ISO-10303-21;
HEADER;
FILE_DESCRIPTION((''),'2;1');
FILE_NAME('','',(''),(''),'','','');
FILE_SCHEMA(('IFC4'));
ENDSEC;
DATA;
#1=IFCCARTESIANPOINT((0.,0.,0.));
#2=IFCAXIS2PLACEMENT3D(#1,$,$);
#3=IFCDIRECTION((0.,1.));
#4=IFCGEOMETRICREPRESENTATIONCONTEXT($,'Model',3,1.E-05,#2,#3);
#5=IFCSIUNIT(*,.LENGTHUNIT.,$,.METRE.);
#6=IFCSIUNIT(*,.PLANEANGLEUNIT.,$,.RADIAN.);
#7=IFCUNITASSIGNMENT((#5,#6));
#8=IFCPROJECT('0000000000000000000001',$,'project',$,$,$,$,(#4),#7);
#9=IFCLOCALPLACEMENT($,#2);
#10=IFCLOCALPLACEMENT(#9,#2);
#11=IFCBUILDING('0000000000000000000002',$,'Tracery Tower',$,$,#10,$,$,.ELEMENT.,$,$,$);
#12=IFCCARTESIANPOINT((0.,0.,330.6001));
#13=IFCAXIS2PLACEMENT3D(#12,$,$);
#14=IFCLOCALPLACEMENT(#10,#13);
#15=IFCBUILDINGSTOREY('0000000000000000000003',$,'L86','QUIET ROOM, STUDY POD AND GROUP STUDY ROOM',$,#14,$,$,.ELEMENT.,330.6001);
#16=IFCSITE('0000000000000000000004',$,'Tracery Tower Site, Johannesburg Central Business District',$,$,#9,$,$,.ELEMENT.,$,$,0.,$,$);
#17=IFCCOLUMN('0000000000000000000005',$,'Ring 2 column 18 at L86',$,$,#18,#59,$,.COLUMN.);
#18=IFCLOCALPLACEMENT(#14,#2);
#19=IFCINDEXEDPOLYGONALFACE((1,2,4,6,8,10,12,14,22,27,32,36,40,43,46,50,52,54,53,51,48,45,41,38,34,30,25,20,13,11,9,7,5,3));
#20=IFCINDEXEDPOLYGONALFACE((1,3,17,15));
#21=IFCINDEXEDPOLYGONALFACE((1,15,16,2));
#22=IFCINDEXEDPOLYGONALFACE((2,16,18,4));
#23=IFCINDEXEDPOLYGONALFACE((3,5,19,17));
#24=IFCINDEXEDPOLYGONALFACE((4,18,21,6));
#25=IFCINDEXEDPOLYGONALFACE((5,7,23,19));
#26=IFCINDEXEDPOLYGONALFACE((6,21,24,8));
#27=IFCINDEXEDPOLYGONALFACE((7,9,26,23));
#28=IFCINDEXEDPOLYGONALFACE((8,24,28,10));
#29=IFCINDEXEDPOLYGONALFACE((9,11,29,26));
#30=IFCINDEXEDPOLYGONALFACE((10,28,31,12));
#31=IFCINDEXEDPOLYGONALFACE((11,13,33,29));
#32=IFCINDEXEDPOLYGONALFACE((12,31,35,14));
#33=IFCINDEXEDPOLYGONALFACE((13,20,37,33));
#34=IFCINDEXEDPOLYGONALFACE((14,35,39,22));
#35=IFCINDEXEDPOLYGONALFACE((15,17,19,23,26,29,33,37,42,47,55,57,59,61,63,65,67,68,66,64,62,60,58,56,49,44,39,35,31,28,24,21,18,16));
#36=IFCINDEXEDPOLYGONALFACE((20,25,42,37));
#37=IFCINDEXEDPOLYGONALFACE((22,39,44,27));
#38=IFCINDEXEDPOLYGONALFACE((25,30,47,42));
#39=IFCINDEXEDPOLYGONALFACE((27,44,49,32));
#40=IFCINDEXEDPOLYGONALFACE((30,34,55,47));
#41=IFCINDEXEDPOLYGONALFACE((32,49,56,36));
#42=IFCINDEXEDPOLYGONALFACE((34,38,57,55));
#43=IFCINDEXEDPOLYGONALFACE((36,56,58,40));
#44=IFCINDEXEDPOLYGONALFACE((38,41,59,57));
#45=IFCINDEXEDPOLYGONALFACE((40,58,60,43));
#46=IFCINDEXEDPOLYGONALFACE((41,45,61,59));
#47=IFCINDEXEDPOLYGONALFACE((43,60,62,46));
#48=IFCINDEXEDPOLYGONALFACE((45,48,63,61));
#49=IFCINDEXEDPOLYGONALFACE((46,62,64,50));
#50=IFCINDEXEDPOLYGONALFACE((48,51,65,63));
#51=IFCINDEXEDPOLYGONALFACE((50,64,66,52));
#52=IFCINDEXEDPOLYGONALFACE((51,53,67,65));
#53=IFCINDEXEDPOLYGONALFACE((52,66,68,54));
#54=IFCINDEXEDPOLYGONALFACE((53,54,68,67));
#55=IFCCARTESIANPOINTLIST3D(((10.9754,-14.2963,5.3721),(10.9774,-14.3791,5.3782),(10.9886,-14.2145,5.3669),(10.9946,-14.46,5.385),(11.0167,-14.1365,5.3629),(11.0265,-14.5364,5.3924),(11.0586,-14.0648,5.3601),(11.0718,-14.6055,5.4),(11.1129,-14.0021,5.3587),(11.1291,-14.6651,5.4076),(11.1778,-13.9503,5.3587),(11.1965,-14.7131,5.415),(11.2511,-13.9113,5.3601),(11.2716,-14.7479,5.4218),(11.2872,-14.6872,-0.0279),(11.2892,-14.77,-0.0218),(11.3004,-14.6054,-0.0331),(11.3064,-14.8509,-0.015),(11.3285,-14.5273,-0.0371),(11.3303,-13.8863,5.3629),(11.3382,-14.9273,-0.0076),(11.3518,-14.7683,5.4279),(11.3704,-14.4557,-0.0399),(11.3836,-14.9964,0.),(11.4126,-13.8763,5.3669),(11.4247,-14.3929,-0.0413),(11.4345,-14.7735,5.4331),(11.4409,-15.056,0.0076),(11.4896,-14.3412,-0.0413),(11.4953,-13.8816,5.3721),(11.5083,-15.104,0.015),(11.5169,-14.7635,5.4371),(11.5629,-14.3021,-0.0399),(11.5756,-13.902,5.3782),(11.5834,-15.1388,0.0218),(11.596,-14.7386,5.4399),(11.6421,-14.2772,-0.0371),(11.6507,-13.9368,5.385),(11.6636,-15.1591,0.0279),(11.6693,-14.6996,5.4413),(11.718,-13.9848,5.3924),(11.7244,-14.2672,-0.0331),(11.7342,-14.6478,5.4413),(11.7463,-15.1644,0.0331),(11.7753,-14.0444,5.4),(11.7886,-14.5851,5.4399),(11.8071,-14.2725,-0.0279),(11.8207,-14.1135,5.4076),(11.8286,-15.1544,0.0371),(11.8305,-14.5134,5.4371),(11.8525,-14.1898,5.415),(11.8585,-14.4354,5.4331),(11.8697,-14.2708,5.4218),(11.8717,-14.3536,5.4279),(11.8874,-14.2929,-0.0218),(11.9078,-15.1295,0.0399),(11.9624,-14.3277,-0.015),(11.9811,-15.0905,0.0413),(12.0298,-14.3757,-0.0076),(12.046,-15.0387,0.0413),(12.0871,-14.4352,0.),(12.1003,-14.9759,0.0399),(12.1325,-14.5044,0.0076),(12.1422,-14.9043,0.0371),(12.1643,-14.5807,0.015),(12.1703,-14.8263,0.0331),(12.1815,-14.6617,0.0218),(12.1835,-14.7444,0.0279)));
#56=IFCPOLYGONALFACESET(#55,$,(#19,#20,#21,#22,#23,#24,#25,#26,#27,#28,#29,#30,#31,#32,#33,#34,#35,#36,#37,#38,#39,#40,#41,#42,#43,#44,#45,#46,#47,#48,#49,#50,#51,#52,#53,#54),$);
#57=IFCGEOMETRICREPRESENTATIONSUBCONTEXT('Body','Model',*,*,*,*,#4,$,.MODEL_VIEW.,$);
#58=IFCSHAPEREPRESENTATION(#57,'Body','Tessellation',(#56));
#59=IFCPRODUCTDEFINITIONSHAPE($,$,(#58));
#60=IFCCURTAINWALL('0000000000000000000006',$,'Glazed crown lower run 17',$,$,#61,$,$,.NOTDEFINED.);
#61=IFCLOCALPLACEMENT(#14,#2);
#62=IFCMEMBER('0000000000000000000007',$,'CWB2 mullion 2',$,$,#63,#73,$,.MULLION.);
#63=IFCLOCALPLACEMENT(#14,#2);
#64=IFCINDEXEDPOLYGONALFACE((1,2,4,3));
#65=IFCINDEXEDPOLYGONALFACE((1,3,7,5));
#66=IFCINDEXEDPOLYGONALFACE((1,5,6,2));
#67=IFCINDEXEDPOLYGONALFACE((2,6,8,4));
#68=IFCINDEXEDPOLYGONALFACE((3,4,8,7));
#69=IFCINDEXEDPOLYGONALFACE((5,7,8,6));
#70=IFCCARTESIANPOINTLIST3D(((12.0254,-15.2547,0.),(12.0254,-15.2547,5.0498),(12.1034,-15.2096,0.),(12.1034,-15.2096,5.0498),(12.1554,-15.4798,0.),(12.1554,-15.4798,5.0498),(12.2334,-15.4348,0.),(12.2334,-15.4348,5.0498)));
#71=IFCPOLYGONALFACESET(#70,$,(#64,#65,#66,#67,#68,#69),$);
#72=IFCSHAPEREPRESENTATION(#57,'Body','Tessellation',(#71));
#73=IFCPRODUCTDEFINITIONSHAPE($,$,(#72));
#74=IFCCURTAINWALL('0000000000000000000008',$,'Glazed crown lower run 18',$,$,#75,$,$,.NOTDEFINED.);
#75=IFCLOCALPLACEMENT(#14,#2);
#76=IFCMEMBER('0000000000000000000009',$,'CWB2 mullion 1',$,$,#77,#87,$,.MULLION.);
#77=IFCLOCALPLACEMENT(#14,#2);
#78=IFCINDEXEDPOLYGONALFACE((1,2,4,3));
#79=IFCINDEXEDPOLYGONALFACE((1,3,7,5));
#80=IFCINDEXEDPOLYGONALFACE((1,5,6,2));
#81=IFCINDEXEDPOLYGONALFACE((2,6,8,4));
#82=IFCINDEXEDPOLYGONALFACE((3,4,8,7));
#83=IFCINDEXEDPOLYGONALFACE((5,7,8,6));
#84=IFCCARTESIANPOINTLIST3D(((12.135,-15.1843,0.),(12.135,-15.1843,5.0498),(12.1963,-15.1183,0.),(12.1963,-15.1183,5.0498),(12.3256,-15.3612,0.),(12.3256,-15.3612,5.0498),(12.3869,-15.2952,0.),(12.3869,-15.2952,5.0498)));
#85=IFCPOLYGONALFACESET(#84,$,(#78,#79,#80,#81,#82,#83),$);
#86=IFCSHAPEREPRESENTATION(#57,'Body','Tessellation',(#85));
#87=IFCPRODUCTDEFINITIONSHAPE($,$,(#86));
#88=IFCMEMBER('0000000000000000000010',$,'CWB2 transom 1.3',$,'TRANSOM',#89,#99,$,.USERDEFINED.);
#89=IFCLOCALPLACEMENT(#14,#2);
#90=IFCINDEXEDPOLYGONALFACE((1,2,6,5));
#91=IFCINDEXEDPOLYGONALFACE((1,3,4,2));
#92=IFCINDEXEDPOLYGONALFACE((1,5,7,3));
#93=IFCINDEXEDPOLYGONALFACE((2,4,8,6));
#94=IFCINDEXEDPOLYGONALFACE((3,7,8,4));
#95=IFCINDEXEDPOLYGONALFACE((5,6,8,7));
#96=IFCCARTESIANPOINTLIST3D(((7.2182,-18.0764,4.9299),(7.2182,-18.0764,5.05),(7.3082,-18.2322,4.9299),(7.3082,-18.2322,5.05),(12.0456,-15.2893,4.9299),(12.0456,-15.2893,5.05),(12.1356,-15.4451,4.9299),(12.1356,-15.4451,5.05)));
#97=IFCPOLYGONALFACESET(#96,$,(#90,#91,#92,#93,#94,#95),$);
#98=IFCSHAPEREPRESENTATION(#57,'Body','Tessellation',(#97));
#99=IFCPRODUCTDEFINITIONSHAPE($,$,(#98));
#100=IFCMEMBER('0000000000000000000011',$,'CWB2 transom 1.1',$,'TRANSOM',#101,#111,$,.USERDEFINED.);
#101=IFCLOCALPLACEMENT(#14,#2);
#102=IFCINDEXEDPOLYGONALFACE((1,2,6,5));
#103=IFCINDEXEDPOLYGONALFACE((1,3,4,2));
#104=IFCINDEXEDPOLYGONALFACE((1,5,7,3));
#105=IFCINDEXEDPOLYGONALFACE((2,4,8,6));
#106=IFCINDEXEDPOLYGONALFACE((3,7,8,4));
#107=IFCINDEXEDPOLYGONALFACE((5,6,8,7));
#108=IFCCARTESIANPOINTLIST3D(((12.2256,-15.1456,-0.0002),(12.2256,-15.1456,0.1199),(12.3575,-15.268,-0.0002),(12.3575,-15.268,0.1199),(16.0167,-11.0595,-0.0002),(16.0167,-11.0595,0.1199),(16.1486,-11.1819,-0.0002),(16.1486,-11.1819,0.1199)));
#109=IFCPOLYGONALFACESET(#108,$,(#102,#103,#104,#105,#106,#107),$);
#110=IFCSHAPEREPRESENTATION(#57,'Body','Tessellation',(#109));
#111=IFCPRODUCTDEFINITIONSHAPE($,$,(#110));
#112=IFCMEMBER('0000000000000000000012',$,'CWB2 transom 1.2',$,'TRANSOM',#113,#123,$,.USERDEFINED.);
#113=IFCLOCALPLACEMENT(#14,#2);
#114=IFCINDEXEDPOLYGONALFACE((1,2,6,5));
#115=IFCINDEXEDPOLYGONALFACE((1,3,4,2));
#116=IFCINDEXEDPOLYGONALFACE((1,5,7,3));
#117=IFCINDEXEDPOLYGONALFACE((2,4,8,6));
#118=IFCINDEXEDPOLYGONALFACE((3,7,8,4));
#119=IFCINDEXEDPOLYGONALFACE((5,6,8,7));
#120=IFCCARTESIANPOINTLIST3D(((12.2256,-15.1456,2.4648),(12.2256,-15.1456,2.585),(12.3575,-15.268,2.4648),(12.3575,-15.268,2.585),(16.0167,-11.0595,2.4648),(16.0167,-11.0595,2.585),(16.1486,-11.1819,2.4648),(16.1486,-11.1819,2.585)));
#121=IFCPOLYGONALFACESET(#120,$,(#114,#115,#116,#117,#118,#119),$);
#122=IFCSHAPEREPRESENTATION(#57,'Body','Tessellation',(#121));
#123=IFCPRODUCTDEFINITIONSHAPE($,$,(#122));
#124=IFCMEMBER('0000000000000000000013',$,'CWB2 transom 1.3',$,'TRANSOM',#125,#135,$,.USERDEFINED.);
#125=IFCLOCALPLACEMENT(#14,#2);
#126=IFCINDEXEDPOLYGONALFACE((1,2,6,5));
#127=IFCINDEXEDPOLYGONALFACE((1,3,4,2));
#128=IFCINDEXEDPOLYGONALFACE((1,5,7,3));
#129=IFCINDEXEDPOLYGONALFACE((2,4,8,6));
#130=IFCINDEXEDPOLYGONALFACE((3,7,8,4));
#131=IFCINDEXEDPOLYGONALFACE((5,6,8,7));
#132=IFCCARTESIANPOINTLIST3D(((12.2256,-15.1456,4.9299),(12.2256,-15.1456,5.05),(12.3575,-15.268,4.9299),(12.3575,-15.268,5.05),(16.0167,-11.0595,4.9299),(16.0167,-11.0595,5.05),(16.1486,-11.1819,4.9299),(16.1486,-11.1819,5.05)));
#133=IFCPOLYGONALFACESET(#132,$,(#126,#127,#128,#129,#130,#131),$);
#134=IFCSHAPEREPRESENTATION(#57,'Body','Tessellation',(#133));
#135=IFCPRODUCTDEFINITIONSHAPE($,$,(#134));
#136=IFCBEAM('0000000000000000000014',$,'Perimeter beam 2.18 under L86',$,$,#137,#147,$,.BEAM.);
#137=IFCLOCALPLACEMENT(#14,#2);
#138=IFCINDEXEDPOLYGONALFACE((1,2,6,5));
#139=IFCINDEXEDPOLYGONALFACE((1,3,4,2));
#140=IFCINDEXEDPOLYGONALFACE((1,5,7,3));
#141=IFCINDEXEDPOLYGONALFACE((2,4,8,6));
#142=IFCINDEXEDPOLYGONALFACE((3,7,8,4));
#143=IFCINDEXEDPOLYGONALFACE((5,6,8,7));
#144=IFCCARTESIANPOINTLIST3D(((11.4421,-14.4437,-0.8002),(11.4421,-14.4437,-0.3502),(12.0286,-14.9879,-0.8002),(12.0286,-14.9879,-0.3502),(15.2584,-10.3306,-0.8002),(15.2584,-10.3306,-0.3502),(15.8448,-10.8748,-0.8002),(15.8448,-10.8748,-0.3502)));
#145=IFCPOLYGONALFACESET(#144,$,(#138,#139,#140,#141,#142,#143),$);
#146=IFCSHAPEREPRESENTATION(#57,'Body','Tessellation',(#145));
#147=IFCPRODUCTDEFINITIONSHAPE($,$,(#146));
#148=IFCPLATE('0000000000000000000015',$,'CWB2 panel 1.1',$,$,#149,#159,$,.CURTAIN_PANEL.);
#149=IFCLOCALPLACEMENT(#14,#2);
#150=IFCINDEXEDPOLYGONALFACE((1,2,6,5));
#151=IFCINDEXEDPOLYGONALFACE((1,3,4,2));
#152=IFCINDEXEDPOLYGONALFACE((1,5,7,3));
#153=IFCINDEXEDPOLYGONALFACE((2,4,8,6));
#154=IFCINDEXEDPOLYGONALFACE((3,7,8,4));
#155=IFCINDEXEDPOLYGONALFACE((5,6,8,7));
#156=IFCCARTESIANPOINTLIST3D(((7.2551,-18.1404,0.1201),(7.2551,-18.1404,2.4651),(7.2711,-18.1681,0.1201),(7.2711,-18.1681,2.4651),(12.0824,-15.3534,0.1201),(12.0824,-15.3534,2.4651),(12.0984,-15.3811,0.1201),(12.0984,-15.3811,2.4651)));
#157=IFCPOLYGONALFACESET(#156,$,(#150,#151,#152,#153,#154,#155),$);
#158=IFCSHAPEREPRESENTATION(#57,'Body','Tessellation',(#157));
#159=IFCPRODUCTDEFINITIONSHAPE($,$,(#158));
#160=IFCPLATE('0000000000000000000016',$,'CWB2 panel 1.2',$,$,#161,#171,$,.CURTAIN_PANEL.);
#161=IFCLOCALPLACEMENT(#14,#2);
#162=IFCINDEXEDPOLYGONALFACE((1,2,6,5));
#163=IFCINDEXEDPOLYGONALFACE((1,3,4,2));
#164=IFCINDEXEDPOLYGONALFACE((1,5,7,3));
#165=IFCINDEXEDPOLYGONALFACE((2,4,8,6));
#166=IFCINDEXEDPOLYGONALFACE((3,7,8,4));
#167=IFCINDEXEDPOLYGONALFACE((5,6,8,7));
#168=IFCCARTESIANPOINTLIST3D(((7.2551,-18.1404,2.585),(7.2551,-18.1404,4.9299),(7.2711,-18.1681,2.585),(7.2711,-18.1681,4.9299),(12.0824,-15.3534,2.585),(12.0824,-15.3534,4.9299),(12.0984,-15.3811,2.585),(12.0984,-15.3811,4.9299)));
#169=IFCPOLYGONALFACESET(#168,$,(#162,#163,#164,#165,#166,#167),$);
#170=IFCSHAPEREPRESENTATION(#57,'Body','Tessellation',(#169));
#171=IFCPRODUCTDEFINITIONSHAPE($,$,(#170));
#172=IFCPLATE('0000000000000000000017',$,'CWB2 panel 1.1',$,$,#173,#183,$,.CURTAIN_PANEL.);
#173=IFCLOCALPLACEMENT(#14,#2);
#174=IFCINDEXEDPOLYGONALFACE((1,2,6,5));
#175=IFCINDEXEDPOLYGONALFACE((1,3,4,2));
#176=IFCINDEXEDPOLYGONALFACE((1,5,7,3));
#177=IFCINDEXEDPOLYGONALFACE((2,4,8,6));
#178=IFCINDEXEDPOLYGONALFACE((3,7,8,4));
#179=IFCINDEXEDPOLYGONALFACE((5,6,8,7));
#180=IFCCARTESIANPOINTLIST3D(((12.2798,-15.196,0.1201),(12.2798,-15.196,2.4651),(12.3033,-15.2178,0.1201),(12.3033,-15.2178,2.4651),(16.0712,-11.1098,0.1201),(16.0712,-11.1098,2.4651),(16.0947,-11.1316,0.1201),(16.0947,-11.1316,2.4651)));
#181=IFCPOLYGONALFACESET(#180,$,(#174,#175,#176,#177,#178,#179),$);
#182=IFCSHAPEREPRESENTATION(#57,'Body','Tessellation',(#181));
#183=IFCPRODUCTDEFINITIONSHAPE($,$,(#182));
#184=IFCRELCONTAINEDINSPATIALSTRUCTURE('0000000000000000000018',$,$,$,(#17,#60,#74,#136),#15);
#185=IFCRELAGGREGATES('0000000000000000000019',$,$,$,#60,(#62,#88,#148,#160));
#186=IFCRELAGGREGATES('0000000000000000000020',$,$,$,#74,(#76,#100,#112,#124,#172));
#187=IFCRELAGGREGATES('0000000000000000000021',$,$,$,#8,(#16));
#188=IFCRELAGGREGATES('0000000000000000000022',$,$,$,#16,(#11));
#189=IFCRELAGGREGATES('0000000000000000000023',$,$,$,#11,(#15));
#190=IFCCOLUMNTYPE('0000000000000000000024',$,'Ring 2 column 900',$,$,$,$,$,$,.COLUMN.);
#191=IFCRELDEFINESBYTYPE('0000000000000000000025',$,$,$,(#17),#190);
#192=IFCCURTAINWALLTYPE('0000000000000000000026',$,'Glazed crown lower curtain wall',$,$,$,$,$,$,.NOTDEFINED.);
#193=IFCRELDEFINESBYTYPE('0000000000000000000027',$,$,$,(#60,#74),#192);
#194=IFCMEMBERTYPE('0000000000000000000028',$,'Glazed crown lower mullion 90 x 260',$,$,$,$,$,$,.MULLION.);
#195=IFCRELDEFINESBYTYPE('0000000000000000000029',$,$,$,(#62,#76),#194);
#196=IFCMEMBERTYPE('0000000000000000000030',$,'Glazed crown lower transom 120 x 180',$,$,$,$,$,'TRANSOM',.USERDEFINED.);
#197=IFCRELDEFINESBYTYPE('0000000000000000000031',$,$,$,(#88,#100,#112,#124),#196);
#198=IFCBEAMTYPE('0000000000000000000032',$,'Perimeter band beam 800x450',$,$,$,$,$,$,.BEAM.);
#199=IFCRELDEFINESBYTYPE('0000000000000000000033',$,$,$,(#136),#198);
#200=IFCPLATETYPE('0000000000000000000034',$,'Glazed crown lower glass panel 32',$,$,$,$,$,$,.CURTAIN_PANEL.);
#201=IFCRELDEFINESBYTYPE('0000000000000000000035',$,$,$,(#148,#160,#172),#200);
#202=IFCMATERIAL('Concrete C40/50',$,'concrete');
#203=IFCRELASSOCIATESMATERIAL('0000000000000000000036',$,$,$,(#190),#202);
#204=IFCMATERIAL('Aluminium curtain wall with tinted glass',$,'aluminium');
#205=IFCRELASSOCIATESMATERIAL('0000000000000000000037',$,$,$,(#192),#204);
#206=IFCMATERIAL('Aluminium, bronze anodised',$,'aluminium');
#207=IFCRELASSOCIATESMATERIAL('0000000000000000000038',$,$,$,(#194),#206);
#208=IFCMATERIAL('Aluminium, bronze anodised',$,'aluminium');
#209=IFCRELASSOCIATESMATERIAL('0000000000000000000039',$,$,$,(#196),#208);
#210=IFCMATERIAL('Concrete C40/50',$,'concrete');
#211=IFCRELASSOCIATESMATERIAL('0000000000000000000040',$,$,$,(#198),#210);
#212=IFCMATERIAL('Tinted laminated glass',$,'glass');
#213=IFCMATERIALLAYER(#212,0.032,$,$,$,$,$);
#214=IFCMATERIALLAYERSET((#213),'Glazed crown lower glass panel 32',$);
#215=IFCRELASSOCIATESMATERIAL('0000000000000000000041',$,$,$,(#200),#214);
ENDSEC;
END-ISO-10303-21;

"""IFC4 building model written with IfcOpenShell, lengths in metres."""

from ifc_helpers import new_model, si_unit, direction, frame, origin, origin_2d, place, context, subcontext, project, spatial, rectangle, circle, extrude, material, layer, layer_set, material_profile, profile_set, type_object, element, aggregate, save


model = new_model("IFC4")

# Units and contexts
model_context = context("Model", 3, precision=1e-05, world=origin(), true_north=direction((0.0, 1.0)))
body_context = subcontext(model_context, "Body", "Model", "MODEL_VIEW")
ifc_project = project(units=[si_unit("LENGTHUNIT", "METRE"), si_unit("PLANEANGLEUNIT", "RADIAN")], contexts=[model_context])

# Site, building, storey
site_placement = place(None, origin())
site = spatial("IfcSite", under=ifc_project, at=site_placement, Name="Tracery Tower Site, Johannesburg Central Business District", CompositionType="ELEMENT", RefElevation=0.0)
building_placement = place(site_placement, origin())
building = spatial("IfcBuilding", under=site, at=building_placement, Name="Tracery Tower", CompositionType="ELEMENT")
storey_placement = place(building_placement, frame((0.0, 0.0, 330.6001)))
storey = spatial("IfcBuildingStorey", under=building, at=storey_placement, Name="L86", Description="QUIET ROOM, STUDY POD AND GROUP STUDY ROOM", CompositionType="ELEMENT", Elevation=330.6001)

# Column
ifc_material_1 = material(Name="Concrete C40/50", Category="concrete")
ifc_material_profile_1 = material_profile(ifc_material_1, circle(Radius=0.45, at=origin_2d()), Name="RC D900")
ifc_profile_set_1 = profile_set([ifc_material_profile_1], Name="Concrete C40/50")
column_type = type_object("IfcColumnType", Name="Ring 2 column 900", PredefinedType="COLUMN", material=ifc_profile_set_1)
column_placement = place(storey_placement, frame((11.7354, -14.7158, 0.0), z_axis=(-0.05749, 0.072076, 0.995741), x_axis=(-0.781773, -0.623563, 0.0)))
element("IfcColumn", 1, at=column_placement, inside=storey, type_object=column_type, Name="Ring 2 column 18 at L86", PredefinedType="COLUMN", context=body_context, shape_type="SweptSolid", body=[
    extrude(circle(Radius=0.45, at=origin_2d()), origin(), (0.0, 0.0, 1.0), 5.4231),
])

# Curtain walls, members
ifc_material_2 = material(Name="Aluminium curtain wall with tinted glass", Category="aluminium")
curtain_wall_type = type_object("IfcCurtainWallType", Name="Glazed crown lower curtain wall", PredefinedType="NOTDEFINED", material=ifc_material_2)
curtain_wall_1_placement = place(storey_placement, origin())
curtain_wall_1 = element("IfcCurtainWall", 2, at=curtain_wall_1_placement, inside=storey, type_object=curtain_wall_type, Name="Glazed crown lower run 17", PredefinedType="NOTDEFINED")
ifc_material_3 = material(Name="Aluminium, bronze anodised", Category="aluminium")
ifc_material_profile_2 = material_profile(ifc_material_3, rectangle(XDim=0.26, YDim=0.0901, at=origin_2d()), Name="Glazed crown lower mullion 90 x 260")
ifc_profile_set_2 = profile_set([ifc_material_profile_2], Name="Aluminium, bronze anodised")
member_type_1 = type_object("IfcMemberType", Name="Glazed crown lower mullion 90 x 260", PredefinedType="MULLION", material=ifc_profile_set_2)
member_1_placement = place(storey_placement, frame((12.1294, -15.3447, 0.0), z_axis=(0.0, 0.0, 1.0), x_axis=(-0.499993, 0.866029, 0.0)))
member_1 = element("IfcMember", 3, at=member_1_placement, type_object=member_type_1, Name="CWB2 mullion 2", PredefinedType="MULLION", context=body_context, shape_type="SweptSolid", body=[
    extrude(rectangle(XDim=0.26, YDim=0.0901, at=origin_2d()), origin(), (0.0, 0.0, 1.0), 5.0498),
])
curtain_wall_2_placement = place(storey_placement, origin())
curtain_wall_2 = element("IfcCurtainWall", 4, at=curtain_wall_2_placement, inside=storey, type_object=curtain_wall_type, Name="Glazed crown lower run 18", PredefinedType="NOTDEFINED")
member_2_placement = place(storey_placement, frame((12.261, -15.2397, 0.0), z_axis=(0.0, 0.0, 1.0), x_axis=(-0.733054, 0.68017, 0.0)))
member_2 = element("IfcMember", 5, at=member_2_placement, type_object=member_type_1, Name="CWB2 mullion 1", PredefinedType="MULLION", context=body_context, shape_type="SweptSolid", body=[
    extrude(rectangle(XDim=0.26, YDim=0.0901, at=origin_2d()), origin(), (0.0, 0.0, 1.0), 5.0498),
])

# Members
ifc_material_4 = material(Name="Aluminium, bronze anodised", Category="aluminium")
ifc_material_profile_3 = material_profile(ifc_material_4, rectangle(XDim=0.1799, YDim=0.1201, at=origin_2d()), Name="Glazed crown lower transom 120 x 180")
ifc_profile_set_3 = profile_set([ifc_material_profile_3], Name="Aluminium, bronze anodised")
member_type_2 = type_object("IfcMemberType", Name="Glazed crown lower transom 120 x 180", ElementType="TRANSOM", PredefinedType="USERDEFINED", material=ifc_profile_set_3)
member_3_placement = place(storey_placement, frame((7.2632, -18.1543, 4.99), z_axis=(0.866024, 0.500002, 0.0), x_axis=(-0.500002, 0.866024, 0.0)))
member_3 = element("IfcMember", 6, at=member_3_placement, type_object=member_type_2, Name="CWB2 transom 1.3", ObjectType="TRANSOM", PredefinedType="USERDEFINED", context=body_context, shape_type="SweptSolid", body=[
    extrude(rectangle(XDim=0.1799, YDim=0.1201, at=origin_2d()), origin(), (0.0, 0.0, 1.0), 5.5742),
])
member_4_placement = place(storey_placement, frame((12.2915, -15.2068, 0.0598), z_axis=(0.680157, 0.733066, 0.0), x_axis=(-0.733066, 0.680157, 0.0)))
member_4 = element("IfcMember", 7, at=member_4_placement, type_object=member_type_2, Name="CWB2 transom 1.1", ObjectType="TRANSOM", PredefinedType="USERDEFINED", context=body_context, shape_type="SweptSolid", body=[
    extrude(rectangle(XDim=0.1799, YDim=0.1201, at=origin_2d()), origin(), (0.0, 0.0, 1.0), 5.574),
])
member_5_placement = place(storey_placement, frame((12.2915, -15.2068, 2.5249), z_axis=(0.680157, 0.733066, 0.0), x_axis=(-0.733066, 0.680157, 0.0)))
member_5 = element("IfcMember", 8, at=member_5_placement, type_object=member_type_2, Name="CWB2 transom 1.2", ObjectType="TRANSOM", PredefinedType="USERDEFINED", context=body_context, shape_type="SweptSolid", body=[
    extrude(rectangle(XDim=0.1799, YDim=0.1201, at=origin_2d()), origin(), (0.0, 0.0, 1.0), 5.574),
])
member_6_placement = place(storey_placement, frame((12.2915, -15.2068, 4.99), z_axis=(0.680157, 0.733066, 0.0), x_axis=(-0.733066, 0.680157, 0.0)))
member_6 = element("IfcMember", 9, at=member_6_placement, type_object=member_type_2, Name="CWB2 transom 1.3", ObjectType="TRANSOM", PredefinedType="USERDEFINED", context=body_context, shape_type="SweptSolid", body=[
    extrude(rectangle(XDim=0.1799, YDim=0.1201, at=origin_2d()), origin(), (0.0, 0.0, 1.0), 5.574),
])

# Beam
ifc_material_5 = material(Name="Concrete C40/50", Category="concrete")
ifc_material_profile_4 = material_profile(ifc_material_5, rectangle(XDim=0.8, YDim=0.45, at=origin_2d()), Name="RC 800x450")
ifc_profile_set_4 = profile_set([ifc_material_profile_4], Name="Concrete C40/50")
beam_type = type_object("IfcBeamType", Name="Perimeter band beam 800x450", PredefinedType="BEAM", material=ifc_profile_set_4)
beam_placement = place(storey_placement, frame((11.7354, -14.7158, -0.5752), z_axis=(0.680156, 0.733068, 0.0), x_axis=(-0.733068, 0.680156, 0.0)))
element("IfcBeam", 10, at=beam_placement, inside=storey, type_object=beam_type, Name="Perimeter beam 2.18 under L86", PredefinedType="BEAM", context=body_context, shape_type="SweptSolid", body=[
    extrude(rectangle(XDim=0.8, YDim=0.45, at=origin_2d()), origin(), (0.0, 0.0, 1.0), 5.6108),
])

# Plates
ifc_material_6 = material(Name="Tinted laminated glass", Category="glass")
ifc_layer_1 = layer(ifc_material_6, 0.032)
ifc_layer_set_1 = layer_set([ifc_layer_1], Name="Glazed crown lower glass panel 32")
plate_type = type_object("IfcPlateType", Name="Glazed crown lower glass panel 32", PredefinedType="CURTAIN_PANEL", material=ifc_layer_set_1)
plate_1_placement = place(storey_placement, frame((9.6768, -16.7607, 0.1201), z_axis=(0.0, 0.0, 1.0), x_axis=(0.866029, 0.499993, 0.0)))
plate_1 = element("IfcPlate", 11, at=plate_1_placement, type_object=plate_type, Name="CWB2 panel 1.1", PredefinedType="CURTAIN_PANEL", context=body_context, shape_type="SweptSolid", body=[
    extrude(rectangle(XDim=5.574, YDim=0.032, at=origin_2d()), origin(), (0.0, 0.0, 1.0), 2.345),
])
plate_2_placement = place(storey_placement, frame((9.6768, -16.7607, 2.585), z_axis=(0.0, 0.0, 1.0), x_axis=(0.866029, 0.499993, 0.0)))
plate_2 = element("IfcPlate", 12, at=plate_2_placement, type_object=plate_type, Name="CWB2 panel 1.2", PredefinedType="CURTAIN_PANEL", context=body_context, shape_type="SweptSolid", body=[
    extrude(rectangle(XDim=5.574, YDim=0.032, at=origin_2d()), origin(), (0.0, 0.0, 1.0), 2.345),
])
aggregate(curtain_wall_1, [member_1, member_3, plate_1, plate_2])
plate_3_placement = place(storey_placement, frame((14.1873, -13.1638, 0.1201), z_axis=(0.0, 0.0, 1.0), x_axis=(0.68017, 0.733054, 0.0)))
plate_3 = element("IfcPlate", 13, at=plate_3_placement, type_object=plate_type, Name="CWB2 panel 1.1", PredefinedType="CURTAIN_PANEL", context=body_context, shape_type="SweptSolid", body=[
    extrude(rectangle(XDim=5.5742, YDim=0.032, at=origin_2d()), origin(), (0.0, 0.0, 1.0), 2.345),
])
aggregate(curtain_wall_2, [member_2, member_4, member_5, member_6, plate_3])

save(model, "model.ifc")
